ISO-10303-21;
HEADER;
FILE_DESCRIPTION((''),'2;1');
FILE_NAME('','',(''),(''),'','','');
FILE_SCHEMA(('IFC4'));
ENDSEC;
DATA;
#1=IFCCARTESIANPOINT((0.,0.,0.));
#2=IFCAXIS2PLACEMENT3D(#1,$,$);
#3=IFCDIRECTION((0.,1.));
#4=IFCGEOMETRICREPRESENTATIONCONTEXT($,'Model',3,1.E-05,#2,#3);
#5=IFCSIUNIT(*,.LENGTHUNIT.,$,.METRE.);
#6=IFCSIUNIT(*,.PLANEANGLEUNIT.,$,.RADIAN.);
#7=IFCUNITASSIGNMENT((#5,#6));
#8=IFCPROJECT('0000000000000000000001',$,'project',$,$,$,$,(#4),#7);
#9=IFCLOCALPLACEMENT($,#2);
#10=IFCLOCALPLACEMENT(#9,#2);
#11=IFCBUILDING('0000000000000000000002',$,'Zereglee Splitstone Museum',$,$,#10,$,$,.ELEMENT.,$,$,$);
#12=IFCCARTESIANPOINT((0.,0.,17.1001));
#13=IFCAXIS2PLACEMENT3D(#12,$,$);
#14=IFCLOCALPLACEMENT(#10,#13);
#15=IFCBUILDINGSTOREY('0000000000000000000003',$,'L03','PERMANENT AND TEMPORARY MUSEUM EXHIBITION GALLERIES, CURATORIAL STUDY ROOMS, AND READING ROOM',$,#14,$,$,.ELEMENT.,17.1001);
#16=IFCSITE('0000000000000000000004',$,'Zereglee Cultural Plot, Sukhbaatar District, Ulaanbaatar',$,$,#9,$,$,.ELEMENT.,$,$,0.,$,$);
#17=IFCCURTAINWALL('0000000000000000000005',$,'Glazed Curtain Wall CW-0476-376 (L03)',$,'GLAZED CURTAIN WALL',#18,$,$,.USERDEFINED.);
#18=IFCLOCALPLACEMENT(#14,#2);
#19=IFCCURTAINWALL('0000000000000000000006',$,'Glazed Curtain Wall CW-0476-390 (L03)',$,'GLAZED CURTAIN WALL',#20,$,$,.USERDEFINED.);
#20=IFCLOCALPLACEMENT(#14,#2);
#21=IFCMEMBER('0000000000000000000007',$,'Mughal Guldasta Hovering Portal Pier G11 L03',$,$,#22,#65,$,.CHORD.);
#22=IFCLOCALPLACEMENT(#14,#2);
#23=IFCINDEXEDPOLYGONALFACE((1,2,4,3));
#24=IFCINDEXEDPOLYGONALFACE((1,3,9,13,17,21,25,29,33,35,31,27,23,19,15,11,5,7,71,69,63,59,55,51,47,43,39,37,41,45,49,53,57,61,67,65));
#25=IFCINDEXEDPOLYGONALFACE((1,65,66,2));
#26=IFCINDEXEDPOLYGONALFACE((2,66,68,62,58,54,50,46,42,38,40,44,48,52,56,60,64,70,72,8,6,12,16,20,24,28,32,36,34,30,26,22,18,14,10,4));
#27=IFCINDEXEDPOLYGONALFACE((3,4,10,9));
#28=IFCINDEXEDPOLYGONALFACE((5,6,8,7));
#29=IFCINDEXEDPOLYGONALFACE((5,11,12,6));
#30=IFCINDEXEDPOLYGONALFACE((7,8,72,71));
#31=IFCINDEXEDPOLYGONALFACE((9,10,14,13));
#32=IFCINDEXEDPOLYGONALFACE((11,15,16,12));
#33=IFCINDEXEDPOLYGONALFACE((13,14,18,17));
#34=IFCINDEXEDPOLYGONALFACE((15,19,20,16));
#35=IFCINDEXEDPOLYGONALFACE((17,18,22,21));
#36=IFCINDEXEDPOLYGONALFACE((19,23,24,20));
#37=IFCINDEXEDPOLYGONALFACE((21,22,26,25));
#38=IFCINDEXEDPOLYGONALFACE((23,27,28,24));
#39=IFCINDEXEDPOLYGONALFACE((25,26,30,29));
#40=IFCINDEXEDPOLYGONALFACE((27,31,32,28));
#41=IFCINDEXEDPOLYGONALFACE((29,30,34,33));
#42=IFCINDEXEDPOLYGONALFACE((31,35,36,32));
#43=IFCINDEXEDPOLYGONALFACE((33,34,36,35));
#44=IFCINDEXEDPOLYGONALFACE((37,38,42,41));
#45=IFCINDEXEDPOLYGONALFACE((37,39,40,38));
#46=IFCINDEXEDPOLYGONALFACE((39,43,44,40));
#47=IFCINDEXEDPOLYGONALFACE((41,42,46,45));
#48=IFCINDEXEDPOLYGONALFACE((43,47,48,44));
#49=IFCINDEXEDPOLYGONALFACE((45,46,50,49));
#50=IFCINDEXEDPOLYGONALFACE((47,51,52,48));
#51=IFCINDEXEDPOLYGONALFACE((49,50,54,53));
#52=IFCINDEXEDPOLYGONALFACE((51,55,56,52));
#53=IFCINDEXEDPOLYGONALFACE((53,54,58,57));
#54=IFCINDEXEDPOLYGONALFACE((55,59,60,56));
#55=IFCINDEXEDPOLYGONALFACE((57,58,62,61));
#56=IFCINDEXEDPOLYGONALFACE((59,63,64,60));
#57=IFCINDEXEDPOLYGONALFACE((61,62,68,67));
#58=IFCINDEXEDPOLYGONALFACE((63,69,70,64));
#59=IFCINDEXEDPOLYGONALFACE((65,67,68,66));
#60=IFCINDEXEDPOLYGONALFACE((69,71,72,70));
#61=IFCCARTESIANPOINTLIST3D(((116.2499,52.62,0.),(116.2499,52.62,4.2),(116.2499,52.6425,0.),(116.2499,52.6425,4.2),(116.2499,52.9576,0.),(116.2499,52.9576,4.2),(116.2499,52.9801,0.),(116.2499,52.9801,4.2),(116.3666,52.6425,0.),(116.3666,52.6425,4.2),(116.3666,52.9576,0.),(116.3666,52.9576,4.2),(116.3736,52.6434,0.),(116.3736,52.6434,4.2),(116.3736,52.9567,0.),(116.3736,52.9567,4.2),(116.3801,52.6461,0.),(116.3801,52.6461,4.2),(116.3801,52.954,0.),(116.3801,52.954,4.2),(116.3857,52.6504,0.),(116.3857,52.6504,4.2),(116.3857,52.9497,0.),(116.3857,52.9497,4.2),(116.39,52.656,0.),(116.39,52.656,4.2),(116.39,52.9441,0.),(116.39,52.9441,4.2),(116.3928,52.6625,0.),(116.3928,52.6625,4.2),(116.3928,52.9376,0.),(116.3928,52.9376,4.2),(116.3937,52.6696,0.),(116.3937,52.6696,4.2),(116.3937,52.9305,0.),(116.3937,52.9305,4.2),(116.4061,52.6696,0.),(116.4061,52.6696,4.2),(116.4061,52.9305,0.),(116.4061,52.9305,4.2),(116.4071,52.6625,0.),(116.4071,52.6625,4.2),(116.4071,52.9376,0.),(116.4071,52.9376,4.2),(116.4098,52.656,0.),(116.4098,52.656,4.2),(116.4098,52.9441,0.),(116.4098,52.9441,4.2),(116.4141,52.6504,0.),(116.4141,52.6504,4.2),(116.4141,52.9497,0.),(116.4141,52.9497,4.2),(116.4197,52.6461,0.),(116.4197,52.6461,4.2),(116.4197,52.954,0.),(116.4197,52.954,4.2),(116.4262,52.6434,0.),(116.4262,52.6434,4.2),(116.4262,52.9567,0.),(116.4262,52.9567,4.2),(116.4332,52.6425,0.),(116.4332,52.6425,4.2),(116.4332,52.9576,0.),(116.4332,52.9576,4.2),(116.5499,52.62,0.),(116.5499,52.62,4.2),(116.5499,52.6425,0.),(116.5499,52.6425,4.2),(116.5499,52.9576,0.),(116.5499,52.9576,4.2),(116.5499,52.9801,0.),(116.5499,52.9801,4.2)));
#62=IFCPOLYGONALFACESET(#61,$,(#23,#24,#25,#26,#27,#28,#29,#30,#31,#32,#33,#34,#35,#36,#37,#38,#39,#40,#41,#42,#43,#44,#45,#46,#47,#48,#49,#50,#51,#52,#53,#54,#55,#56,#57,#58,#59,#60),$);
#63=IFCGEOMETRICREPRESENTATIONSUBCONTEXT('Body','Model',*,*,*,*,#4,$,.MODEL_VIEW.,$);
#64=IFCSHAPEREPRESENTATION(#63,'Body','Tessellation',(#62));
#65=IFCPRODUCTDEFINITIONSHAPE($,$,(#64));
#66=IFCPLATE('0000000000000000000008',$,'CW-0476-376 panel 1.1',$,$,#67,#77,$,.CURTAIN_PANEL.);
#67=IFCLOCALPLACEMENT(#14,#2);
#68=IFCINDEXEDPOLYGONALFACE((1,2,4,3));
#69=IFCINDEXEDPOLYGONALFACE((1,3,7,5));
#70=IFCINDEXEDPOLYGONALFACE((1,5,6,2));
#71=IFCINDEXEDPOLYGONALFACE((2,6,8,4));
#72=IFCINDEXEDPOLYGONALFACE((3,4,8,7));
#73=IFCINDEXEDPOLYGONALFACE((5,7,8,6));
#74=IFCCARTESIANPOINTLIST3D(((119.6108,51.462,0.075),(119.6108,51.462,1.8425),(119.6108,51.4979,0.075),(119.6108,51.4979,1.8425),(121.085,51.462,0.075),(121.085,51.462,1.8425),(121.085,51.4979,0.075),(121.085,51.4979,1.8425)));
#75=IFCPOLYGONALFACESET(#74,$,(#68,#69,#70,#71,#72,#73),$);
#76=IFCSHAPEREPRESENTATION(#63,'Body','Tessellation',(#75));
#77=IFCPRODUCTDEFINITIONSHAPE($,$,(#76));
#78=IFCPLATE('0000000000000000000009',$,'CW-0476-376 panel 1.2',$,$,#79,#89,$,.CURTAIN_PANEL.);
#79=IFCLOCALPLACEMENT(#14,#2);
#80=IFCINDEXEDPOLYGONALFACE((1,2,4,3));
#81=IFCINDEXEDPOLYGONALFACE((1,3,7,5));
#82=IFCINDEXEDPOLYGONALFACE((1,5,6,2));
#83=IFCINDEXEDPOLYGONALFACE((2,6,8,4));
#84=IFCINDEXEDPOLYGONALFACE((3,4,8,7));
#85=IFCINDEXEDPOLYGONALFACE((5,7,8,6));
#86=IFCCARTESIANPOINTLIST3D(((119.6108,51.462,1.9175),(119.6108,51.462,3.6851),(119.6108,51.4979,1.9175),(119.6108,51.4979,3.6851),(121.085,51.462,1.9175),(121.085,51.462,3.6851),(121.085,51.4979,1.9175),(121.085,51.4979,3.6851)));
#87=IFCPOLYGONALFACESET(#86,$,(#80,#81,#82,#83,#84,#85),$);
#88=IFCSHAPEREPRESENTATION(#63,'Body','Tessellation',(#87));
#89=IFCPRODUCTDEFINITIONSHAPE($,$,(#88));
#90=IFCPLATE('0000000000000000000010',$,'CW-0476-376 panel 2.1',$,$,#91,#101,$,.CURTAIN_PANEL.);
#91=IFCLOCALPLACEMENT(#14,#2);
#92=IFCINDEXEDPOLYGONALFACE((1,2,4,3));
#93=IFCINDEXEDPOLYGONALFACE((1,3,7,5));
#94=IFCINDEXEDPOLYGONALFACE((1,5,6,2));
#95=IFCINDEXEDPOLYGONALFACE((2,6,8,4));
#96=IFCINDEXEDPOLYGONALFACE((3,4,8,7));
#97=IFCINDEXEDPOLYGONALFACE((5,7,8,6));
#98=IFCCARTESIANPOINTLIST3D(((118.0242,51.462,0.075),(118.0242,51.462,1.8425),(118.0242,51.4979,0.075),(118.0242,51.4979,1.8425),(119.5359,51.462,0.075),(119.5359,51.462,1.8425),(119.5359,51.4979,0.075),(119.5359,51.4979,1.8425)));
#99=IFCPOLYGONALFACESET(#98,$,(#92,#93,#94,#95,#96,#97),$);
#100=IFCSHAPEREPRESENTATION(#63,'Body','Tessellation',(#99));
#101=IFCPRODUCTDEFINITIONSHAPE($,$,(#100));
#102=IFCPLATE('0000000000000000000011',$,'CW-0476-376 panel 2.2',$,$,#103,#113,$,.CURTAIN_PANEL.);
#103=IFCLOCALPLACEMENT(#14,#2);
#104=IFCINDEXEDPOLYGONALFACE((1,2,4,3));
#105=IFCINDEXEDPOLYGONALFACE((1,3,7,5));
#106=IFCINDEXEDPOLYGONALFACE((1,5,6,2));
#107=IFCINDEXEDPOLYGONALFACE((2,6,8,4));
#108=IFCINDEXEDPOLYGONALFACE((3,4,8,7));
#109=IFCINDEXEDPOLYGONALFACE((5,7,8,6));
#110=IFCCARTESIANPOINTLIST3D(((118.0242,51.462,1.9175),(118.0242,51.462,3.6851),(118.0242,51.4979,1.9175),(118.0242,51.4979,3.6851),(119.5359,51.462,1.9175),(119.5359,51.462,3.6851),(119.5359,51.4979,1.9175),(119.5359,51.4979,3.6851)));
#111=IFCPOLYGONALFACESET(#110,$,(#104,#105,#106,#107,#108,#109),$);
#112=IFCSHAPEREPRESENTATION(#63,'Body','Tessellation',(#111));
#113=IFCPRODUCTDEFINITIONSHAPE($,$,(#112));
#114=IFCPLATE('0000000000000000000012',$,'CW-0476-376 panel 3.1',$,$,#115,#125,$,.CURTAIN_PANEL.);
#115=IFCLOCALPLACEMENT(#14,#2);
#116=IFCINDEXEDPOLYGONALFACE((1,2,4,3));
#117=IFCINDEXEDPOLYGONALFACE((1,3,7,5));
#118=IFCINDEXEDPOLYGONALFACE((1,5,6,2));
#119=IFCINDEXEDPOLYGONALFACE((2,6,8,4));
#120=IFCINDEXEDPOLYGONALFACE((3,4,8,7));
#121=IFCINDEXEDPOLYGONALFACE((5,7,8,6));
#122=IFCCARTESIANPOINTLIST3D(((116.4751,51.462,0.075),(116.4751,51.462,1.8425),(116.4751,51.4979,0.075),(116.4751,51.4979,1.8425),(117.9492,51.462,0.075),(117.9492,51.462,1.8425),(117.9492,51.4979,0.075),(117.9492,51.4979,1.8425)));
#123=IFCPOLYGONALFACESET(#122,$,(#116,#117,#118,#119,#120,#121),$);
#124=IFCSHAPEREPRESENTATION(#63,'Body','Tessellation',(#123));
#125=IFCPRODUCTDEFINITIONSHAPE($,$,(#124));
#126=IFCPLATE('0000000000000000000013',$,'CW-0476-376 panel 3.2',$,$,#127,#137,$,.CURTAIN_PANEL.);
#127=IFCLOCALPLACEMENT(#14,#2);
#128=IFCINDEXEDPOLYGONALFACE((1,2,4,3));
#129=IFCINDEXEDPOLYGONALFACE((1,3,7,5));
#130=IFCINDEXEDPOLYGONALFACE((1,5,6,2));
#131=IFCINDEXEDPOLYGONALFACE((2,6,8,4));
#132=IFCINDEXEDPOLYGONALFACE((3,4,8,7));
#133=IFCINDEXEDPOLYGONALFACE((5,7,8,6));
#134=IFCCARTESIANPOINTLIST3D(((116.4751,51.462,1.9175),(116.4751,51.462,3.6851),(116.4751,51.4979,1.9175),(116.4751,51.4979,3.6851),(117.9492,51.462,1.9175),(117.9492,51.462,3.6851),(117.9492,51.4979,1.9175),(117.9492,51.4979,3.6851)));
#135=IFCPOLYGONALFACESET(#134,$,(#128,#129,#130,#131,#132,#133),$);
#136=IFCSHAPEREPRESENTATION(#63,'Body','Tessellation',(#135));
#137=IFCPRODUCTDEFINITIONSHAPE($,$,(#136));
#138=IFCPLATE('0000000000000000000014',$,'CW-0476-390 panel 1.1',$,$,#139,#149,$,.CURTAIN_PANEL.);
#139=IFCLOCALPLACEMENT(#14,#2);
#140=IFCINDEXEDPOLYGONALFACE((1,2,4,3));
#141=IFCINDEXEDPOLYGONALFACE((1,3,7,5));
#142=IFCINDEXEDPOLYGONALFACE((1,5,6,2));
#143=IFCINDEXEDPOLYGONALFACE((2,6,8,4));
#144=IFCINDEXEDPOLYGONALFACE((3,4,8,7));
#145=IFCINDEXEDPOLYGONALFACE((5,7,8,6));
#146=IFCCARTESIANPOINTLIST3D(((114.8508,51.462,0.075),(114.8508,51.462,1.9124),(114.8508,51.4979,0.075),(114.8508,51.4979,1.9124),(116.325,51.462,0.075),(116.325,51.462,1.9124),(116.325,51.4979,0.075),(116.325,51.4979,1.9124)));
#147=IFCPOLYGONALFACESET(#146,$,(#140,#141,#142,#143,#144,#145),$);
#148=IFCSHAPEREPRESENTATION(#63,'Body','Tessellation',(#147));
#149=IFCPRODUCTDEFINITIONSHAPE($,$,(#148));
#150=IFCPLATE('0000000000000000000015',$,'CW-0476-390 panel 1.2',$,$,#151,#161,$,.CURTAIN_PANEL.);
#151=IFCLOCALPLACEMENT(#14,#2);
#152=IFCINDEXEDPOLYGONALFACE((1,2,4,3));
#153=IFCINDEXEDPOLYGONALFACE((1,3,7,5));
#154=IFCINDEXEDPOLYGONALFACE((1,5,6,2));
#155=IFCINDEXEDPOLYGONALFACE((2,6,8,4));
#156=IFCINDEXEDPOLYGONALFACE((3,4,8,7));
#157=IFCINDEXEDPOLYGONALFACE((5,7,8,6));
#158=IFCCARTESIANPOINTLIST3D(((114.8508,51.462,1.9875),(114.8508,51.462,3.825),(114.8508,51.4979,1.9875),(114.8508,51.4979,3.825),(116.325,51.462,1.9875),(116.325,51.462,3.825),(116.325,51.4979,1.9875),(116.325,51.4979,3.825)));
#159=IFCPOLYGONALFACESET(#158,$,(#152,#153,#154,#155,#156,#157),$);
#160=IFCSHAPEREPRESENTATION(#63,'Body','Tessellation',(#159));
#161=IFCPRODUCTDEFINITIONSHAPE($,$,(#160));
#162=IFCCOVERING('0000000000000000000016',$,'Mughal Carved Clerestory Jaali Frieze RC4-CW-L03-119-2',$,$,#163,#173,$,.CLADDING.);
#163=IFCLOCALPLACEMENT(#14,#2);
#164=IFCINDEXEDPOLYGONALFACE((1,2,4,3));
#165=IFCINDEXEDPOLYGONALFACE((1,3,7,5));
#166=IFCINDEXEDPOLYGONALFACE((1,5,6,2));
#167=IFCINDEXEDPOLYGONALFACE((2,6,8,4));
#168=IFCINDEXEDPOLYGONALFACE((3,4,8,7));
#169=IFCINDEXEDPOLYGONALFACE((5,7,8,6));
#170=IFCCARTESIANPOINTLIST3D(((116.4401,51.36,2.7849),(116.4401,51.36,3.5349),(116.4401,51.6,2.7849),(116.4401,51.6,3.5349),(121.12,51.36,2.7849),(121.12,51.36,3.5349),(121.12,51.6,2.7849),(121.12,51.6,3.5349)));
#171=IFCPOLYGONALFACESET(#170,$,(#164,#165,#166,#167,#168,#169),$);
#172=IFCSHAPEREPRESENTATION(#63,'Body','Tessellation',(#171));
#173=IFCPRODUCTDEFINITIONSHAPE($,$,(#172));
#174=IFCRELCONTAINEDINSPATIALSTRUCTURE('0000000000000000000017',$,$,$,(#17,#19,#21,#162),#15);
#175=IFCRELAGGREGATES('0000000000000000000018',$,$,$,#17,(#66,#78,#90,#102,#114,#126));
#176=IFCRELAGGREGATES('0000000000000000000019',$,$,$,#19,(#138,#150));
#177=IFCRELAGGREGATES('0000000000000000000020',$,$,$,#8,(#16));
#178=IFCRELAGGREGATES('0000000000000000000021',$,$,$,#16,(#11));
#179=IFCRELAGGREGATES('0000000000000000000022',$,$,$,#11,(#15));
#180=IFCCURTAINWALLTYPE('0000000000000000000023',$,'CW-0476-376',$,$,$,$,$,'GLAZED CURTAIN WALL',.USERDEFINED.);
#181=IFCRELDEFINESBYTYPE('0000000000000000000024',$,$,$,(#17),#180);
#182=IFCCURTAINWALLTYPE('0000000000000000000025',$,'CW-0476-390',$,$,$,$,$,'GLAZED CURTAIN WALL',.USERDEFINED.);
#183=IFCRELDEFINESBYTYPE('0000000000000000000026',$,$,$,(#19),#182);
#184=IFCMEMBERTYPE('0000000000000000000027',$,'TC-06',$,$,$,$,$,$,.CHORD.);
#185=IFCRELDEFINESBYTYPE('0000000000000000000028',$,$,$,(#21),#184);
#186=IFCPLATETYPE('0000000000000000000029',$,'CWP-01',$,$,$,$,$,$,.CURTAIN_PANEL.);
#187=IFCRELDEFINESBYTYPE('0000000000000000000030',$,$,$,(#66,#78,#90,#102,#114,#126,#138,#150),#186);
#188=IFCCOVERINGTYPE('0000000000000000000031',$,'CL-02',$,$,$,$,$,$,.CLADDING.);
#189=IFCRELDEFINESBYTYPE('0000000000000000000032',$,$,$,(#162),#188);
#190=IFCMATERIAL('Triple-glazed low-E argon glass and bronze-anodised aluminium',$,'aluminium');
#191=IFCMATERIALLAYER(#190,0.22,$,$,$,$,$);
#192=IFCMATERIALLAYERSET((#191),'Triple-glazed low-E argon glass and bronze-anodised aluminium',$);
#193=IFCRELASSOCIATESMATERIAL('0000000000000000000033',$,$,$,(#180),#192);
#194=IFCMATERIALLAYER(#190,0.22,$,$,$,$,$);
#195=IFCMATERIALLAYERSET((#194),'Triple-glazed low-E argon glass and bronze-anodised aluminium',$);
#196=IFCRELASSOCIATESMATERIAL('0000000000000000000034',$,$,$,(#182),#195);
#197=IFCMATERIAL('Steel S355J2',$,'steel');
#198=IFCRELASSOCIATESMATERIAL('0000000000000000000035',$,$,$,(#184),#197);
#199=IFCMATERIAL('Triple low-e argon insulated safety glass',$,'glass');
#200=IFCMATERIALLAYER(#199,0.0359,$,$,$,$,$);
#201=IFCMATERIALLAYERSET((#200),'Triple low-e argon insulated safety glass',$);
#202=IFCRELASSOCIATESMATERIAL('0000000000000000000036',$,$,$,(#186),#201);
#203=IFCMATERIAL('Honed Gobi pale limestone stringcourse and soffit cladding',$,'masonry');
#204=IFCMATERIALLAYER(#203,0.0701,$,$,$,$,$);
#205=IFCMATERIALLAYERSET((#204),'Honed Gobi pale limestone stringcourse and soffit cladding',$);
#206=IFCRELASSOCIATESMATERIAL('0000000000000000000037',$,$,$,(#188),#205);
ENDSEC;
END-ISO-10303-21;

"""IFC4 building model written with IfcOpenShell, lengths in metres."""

from ifc_helpers import new_model, si_unit, direction, frame, origin, origin_2d, place, context, subcontext, project, spatial, rectangle, i_section, extrude, material, layer, layer_set, material_profile, profile_set, type_object, element, aggregate, save


model = new_model("IFC4")

# Units and contexts
model_context = context("Model", 3, precision=1e-05, world=origin(), true_north=direction((0.0, 1.0)))
body_context = subcontext(model_context, "Body", "Model", "MODEL_VIEW")
ifc_project = project(units=[si_unit("LENGTHUNIT", "METRE"), si_unit("PLANEANGLEUNIT", "RADIAN")], contexts=[model_context])

# Site, building, storey
site_placement = place(None, origin())
site = spatial("IfcSite", under=ifc_project, at=site_placement, Name="Zereglee Cultural Plot, Sukhbaatar District, Ulaanbaatar", CompositionType="ELEMENT", RefElevation=0.0)
building_placement = place(site_placement, origin())
building = spatial("IfcBuilding", under=site, at=building_placement, Name="Zereglee Splitstone Museum", CompositionType="ELEMENT")
storey_placement = place(building_placement, frame((0.0, 0.0, 17.1001)))
storey = spatial("IfcBuildingStorey", under=building, at=storey_placement, Name="L03", Description="PERMANENT AND TEMPORARY MUSEUM EXHIBITION GALLERIES, CURATORIAL STUDY ROOMS, AND READING ROOM", CompositionType="ELEMENT", Elevation=17.1001)

# Curtain wall
ifc_material_1 = material(Name="Triple-glazed low-E argon glass and bronze-anodised aluminium", Category="aluminium")
ifc_layer_1 = layer(ifc_material_1, 0.22)
ifc_layer_set_1 = layer_set([ifc_layer_1], Name="Triple-glazed low-E argon glass and bronze-anodised aluminium")
curtain_wall_type_1 = type_object("IfcCurtainWallType", Name="CW-0476-376", ElementType="GLAZED CURTAIN WALL", PredefinedType="USERDEFINED", material=ifc_layer_set_1)
curtain_wall_1_placement = place(storey_placement, origin())
curtain_wall_1 = element("IfcCurtainWall", 1, at=curtain_wall_1_placement, inside=storey, type_object=curtain_wall_type_1, Name="Glazed Curtain Wall CW-0476-376 (L03)", ObjectType="GLAZED CURTAIN WALL", PredefinedType="USERDEFINED")

# Curtain wall
ifc_layer_2 = layer(ifc_material_1, 0.22)
ifc_layer_set_2 = layer_set([ifc_layer_2], Name="Triple-glazed low-E argon glass and bronze-anodised aluminium")
curtain_wall_type_2 = type_object("IfcCurtainWallType", Name="CW-0476-390", ElementType="GLAZED CURTAIN WALL", PredefinedType="USERDEFINED", material=ifc_layer_set_2)
curtain_wall_2_placement = place(storey_placement, origin())
curtain_wall_2 = element("IfcCurtainWall", 2, at=curtain_wall_2_placement, inside=storey, type_object=curtain_wall_type_2, Name="Glazed Curtain Wall CW-0476-390 (L03)", ObjectType="GLAZED CURTAIN WALL", PredefinedType="USERDEFINED")

# Member
ifc_material_2 = material(Name="Steel S355J2", Category="steel")
ifc_material_profile_1 = material_profile(ifc_material_2, i_section(OverallWidth=0.3, OverallDepth=0.3601, WebThickness=0.0125, FlangeThickness=0.0225, FilletRadius=0.0271, at=origin_2d()), Name="HE 360 B")
ifc_profile_set_1 = profile_set([ifc_material_profile_1], Name="Steel S355J2")
member_type_1 = type_object("IfcMemberType", Name="TC-06", PredefinedType="CHORD", material=ifc_profile_set_1)
member_1_placement = place(storey_placement, frame((116.3999, 52.8, 0.0), z_axis=(0.0, 0.0, 1.0), x_axis=(1.0, 0.0, 0.0)))
element("IfcMember", 3, at=member_1_placement, inside=storey, type_object=member_type_1, Name="Mughal Guldasta Hovering Portal Pier G11 L03", PredefinedType="CHORD", context=body_context, shape_type="SweptSolid", body=[
    extrude(i_section(OverallWidth=0.3, OverallDepth=0.3601, WebThickness=0.0125, FlangeThickness=0.0225, FilletRadius=0.0271, at=origin_2d()), origin(), (0.0, 0.0, 1.0), 4.2),
])

# Plates
ifc_material_3 = material(Name="Triple low-e argon insulated safety glass", Category="glass")
ifc_layer_3 = layer(ifc_material_3, 0.0359)
ifc_layer_set_3 = layer_set([ifc_layer_3], Name="Triple low-e argon insulated safety glass")
plate_type = type_object("IfcPlateType", Name="CWP-01", PredefinedType="CURTAIN_PANEL", material=ifc_layer_set_3)
plate_1_placement = place(storey_placement, frame((120.3479, 51.48, 0.075), z_axis=(0.0, 0.0, 1.0), x_axis=(-1.0, 0.0, 0.0)))
plate_1 = element("IfcPlate", 4, at=plate_1_placement, type_object=plate_type, Name="CW-0476-376 panel 1.1", PredefinedType="CURTAIN_PANEL", context=body_context, shape_type="SweptSolid", body=[
    extrude(rectangle(XDim=1.4741, YDim=0.0359, at=origin_2d()), origin(), (0.0, 0.0, 1.0), 1.7676),
])
plate_2_placement = place(storey_placement, frame((120.3479, 51.48, 1.9175), z_axis=(0.0, 0.0, 1.0), x_axis=(-1.0, 0.0, 0.0)))
plate_2 = element("IfcPlate", 5, at=plate_2_placement, type_object=plate_type, Name="CW-0476-376 panel 1.2", PredefinedType="CURTAIN_PANEL", context=body_context, shape_type="SweptSolid", body=[
    extrude(rectangle(XDim=1.4741, YDim=0.0359, at=origin_2d()), origin(), (0.0, 0.0, 1.0), 1.7676),
])
plate_3_placement = place(storey_placement, frame((118.78, 51.48, 0.075), z_axis=(0.0, 0.0, 1.0), x_axis=(-1.0, 0.0, 0.0)))
plate_3 = element("IfcPlate", 6, at=plate_3_placement, type_object=plate_type, Name="CW-0476-376 panel 2.1", PredefinedType="CURTAIN_PANEL", context=body_context, shape_type="SweptSolid", body=[
    extrude(rectangle(XDim=1.5117, YDim=0.0359, at=origin_2d()), origin(), (0.0, 0.0, 1.0), 1.7676),
])
plate_4_placement = place(storey_placement, frame((118.78, 51.48, 1.9175), z_axis=(0.0, 0.0, 1.0), x_axis=(-1.0, 0.0, 0.0)))
plate_4 = element("IfcPlate", 7, at=plate_4_placement, type_object=plate_type, Name="CW-0476-376 panel 2.2", PredefinedType="CURTAIN_PANEL", context=body_context, shape_type="SweptSolid", body=[
    extrude(rectangle(XDim=1.5117, YDim=0.0359, at=origin_2d()), origin(), (0.0, 0.0, 1.0), 1.7676),
])
plate_5_placement = place(storey_placement, frame((117.2122, 51.48, 0.075), z_axis=(0.0, 0.0, 1.0), x_axis=(-1.0, 0.0, 0.0)))
plate_5 = element("IfcPlate", 8, at=plate_5_placement, type_object=plate_type, Name="CW-0476-376 panel 3.1", PredefinedType="CURTAIN_PANEL", context=body_context, shape_type="SweptSolid", body=[
    extrude(rectangle(XDim=1.4741, YDim=0.0359, at=origin_2d()), origin(), (0.0, 0.0, 1.0), 1.7676),
])
plate_6_placement = place(storey_placement, frame((117.2122, 51.48, 1.9175), z_axis=(0.0, 0.0, 1.0), x_axis=(-1.0, 0.0, 0.0)))
plate_6 = element("IfcPlate", 9, at=plate_6_placement, type_object=plate_type, Name="CW-0476-376 panel 3.2", PredefinedType="CURTAIN_PANEL", context=body_context, shape_type="SweptSolid", body=[
    extrude(rectangle(XDim=1.4741, YDim=0.0359, at=origin_2d()), origin(), (0.0, 0.0, 1.0), 1.7676),
])
aggregate(curtain_wall_1, [plate_1, plate_2, plate_3, plate_4, plate_5, plate_6])
plate_7_placement = place(storey_placement, frame((115.5879, 51.48, 0.075), z_axis=(0.0, 0.0, 1.0), x_axis=(-1.0, 0.0, 0.0)))
plate_7 = element("IfcPlate", 10, at=plate_7_placement, type_object=plate_type, Name="CW-0476-390 panel 1.1", PredefinedType="CURTAIN_PANEL", context=body_context, shape_type="SweptSolid", body=[
    extrude(rectangle(XDim=1.4741, YDim=0.0359, at=origin_2d()), origin(), (0.0, 0.0, 1.0), 1.8374),
])
plate_8_placement = place(storey_placement, frame((115.5879, 51.48, 1.9875), z_axis=(0.0, 0.0, 1.0), x_axis=(-1.0, 0.0, 0.0)))
plate_8 = element("IfcPlate", 11, at=plate_8_placement, type_object=plate_type, Name="CW-0476-390 panel 1.2", PredefinedType="CURTAIN_PANEL", context=body_context, shape_type="SweptSolid", body=[
    extrude(rectangle(XDim=1.4741, YDim=0.0359, at=origin_2d()), origin(), (0.0, 0.0, 1.0), 1.8374),
])
aggregate(curtain_wall_2, [plate_7, plate_8])

# Covering
ifc_material_4 = material(Name="Honed Gobi pale limestone stringcourse and soffit cladding", Category="masonry")
ifc_layer_4 = layer(ifc_material_4, 0.0701)
ifc_layer_set_4 = layer_set([ifc_layer_4], Name="Honed Gobi pale limestone stringcourse and soffit cladding")
covering_type = type_object("IfcCoveringType", Name="CL-02", PredefinedType="CLADDING", material=ifc_layer_set_4)
covering_placement = place(storey_placement, frame((118.78, 51.48, 2.7849), z_axis=(0.0, 0.0, 1.0), x_axis=(-1.0, 0.0, 0.0)))
element("IfcCovering", 12, at=covering_placement, inside=storey, type_object=covering_type, Name="Mughal Carved Clerestory Jaali Frieze RC4-CW-L03-119-2", PredefinedType="CLADDING", context=body_context, shape_type="SweptSolid", body=[
    extrude(rectangle(XDim=4.6799, YDim=0.24, at=origin_2d()), origin(), (0.0, 0.0, 1.0), 0.75),
])

save(model, "model.ifc")
